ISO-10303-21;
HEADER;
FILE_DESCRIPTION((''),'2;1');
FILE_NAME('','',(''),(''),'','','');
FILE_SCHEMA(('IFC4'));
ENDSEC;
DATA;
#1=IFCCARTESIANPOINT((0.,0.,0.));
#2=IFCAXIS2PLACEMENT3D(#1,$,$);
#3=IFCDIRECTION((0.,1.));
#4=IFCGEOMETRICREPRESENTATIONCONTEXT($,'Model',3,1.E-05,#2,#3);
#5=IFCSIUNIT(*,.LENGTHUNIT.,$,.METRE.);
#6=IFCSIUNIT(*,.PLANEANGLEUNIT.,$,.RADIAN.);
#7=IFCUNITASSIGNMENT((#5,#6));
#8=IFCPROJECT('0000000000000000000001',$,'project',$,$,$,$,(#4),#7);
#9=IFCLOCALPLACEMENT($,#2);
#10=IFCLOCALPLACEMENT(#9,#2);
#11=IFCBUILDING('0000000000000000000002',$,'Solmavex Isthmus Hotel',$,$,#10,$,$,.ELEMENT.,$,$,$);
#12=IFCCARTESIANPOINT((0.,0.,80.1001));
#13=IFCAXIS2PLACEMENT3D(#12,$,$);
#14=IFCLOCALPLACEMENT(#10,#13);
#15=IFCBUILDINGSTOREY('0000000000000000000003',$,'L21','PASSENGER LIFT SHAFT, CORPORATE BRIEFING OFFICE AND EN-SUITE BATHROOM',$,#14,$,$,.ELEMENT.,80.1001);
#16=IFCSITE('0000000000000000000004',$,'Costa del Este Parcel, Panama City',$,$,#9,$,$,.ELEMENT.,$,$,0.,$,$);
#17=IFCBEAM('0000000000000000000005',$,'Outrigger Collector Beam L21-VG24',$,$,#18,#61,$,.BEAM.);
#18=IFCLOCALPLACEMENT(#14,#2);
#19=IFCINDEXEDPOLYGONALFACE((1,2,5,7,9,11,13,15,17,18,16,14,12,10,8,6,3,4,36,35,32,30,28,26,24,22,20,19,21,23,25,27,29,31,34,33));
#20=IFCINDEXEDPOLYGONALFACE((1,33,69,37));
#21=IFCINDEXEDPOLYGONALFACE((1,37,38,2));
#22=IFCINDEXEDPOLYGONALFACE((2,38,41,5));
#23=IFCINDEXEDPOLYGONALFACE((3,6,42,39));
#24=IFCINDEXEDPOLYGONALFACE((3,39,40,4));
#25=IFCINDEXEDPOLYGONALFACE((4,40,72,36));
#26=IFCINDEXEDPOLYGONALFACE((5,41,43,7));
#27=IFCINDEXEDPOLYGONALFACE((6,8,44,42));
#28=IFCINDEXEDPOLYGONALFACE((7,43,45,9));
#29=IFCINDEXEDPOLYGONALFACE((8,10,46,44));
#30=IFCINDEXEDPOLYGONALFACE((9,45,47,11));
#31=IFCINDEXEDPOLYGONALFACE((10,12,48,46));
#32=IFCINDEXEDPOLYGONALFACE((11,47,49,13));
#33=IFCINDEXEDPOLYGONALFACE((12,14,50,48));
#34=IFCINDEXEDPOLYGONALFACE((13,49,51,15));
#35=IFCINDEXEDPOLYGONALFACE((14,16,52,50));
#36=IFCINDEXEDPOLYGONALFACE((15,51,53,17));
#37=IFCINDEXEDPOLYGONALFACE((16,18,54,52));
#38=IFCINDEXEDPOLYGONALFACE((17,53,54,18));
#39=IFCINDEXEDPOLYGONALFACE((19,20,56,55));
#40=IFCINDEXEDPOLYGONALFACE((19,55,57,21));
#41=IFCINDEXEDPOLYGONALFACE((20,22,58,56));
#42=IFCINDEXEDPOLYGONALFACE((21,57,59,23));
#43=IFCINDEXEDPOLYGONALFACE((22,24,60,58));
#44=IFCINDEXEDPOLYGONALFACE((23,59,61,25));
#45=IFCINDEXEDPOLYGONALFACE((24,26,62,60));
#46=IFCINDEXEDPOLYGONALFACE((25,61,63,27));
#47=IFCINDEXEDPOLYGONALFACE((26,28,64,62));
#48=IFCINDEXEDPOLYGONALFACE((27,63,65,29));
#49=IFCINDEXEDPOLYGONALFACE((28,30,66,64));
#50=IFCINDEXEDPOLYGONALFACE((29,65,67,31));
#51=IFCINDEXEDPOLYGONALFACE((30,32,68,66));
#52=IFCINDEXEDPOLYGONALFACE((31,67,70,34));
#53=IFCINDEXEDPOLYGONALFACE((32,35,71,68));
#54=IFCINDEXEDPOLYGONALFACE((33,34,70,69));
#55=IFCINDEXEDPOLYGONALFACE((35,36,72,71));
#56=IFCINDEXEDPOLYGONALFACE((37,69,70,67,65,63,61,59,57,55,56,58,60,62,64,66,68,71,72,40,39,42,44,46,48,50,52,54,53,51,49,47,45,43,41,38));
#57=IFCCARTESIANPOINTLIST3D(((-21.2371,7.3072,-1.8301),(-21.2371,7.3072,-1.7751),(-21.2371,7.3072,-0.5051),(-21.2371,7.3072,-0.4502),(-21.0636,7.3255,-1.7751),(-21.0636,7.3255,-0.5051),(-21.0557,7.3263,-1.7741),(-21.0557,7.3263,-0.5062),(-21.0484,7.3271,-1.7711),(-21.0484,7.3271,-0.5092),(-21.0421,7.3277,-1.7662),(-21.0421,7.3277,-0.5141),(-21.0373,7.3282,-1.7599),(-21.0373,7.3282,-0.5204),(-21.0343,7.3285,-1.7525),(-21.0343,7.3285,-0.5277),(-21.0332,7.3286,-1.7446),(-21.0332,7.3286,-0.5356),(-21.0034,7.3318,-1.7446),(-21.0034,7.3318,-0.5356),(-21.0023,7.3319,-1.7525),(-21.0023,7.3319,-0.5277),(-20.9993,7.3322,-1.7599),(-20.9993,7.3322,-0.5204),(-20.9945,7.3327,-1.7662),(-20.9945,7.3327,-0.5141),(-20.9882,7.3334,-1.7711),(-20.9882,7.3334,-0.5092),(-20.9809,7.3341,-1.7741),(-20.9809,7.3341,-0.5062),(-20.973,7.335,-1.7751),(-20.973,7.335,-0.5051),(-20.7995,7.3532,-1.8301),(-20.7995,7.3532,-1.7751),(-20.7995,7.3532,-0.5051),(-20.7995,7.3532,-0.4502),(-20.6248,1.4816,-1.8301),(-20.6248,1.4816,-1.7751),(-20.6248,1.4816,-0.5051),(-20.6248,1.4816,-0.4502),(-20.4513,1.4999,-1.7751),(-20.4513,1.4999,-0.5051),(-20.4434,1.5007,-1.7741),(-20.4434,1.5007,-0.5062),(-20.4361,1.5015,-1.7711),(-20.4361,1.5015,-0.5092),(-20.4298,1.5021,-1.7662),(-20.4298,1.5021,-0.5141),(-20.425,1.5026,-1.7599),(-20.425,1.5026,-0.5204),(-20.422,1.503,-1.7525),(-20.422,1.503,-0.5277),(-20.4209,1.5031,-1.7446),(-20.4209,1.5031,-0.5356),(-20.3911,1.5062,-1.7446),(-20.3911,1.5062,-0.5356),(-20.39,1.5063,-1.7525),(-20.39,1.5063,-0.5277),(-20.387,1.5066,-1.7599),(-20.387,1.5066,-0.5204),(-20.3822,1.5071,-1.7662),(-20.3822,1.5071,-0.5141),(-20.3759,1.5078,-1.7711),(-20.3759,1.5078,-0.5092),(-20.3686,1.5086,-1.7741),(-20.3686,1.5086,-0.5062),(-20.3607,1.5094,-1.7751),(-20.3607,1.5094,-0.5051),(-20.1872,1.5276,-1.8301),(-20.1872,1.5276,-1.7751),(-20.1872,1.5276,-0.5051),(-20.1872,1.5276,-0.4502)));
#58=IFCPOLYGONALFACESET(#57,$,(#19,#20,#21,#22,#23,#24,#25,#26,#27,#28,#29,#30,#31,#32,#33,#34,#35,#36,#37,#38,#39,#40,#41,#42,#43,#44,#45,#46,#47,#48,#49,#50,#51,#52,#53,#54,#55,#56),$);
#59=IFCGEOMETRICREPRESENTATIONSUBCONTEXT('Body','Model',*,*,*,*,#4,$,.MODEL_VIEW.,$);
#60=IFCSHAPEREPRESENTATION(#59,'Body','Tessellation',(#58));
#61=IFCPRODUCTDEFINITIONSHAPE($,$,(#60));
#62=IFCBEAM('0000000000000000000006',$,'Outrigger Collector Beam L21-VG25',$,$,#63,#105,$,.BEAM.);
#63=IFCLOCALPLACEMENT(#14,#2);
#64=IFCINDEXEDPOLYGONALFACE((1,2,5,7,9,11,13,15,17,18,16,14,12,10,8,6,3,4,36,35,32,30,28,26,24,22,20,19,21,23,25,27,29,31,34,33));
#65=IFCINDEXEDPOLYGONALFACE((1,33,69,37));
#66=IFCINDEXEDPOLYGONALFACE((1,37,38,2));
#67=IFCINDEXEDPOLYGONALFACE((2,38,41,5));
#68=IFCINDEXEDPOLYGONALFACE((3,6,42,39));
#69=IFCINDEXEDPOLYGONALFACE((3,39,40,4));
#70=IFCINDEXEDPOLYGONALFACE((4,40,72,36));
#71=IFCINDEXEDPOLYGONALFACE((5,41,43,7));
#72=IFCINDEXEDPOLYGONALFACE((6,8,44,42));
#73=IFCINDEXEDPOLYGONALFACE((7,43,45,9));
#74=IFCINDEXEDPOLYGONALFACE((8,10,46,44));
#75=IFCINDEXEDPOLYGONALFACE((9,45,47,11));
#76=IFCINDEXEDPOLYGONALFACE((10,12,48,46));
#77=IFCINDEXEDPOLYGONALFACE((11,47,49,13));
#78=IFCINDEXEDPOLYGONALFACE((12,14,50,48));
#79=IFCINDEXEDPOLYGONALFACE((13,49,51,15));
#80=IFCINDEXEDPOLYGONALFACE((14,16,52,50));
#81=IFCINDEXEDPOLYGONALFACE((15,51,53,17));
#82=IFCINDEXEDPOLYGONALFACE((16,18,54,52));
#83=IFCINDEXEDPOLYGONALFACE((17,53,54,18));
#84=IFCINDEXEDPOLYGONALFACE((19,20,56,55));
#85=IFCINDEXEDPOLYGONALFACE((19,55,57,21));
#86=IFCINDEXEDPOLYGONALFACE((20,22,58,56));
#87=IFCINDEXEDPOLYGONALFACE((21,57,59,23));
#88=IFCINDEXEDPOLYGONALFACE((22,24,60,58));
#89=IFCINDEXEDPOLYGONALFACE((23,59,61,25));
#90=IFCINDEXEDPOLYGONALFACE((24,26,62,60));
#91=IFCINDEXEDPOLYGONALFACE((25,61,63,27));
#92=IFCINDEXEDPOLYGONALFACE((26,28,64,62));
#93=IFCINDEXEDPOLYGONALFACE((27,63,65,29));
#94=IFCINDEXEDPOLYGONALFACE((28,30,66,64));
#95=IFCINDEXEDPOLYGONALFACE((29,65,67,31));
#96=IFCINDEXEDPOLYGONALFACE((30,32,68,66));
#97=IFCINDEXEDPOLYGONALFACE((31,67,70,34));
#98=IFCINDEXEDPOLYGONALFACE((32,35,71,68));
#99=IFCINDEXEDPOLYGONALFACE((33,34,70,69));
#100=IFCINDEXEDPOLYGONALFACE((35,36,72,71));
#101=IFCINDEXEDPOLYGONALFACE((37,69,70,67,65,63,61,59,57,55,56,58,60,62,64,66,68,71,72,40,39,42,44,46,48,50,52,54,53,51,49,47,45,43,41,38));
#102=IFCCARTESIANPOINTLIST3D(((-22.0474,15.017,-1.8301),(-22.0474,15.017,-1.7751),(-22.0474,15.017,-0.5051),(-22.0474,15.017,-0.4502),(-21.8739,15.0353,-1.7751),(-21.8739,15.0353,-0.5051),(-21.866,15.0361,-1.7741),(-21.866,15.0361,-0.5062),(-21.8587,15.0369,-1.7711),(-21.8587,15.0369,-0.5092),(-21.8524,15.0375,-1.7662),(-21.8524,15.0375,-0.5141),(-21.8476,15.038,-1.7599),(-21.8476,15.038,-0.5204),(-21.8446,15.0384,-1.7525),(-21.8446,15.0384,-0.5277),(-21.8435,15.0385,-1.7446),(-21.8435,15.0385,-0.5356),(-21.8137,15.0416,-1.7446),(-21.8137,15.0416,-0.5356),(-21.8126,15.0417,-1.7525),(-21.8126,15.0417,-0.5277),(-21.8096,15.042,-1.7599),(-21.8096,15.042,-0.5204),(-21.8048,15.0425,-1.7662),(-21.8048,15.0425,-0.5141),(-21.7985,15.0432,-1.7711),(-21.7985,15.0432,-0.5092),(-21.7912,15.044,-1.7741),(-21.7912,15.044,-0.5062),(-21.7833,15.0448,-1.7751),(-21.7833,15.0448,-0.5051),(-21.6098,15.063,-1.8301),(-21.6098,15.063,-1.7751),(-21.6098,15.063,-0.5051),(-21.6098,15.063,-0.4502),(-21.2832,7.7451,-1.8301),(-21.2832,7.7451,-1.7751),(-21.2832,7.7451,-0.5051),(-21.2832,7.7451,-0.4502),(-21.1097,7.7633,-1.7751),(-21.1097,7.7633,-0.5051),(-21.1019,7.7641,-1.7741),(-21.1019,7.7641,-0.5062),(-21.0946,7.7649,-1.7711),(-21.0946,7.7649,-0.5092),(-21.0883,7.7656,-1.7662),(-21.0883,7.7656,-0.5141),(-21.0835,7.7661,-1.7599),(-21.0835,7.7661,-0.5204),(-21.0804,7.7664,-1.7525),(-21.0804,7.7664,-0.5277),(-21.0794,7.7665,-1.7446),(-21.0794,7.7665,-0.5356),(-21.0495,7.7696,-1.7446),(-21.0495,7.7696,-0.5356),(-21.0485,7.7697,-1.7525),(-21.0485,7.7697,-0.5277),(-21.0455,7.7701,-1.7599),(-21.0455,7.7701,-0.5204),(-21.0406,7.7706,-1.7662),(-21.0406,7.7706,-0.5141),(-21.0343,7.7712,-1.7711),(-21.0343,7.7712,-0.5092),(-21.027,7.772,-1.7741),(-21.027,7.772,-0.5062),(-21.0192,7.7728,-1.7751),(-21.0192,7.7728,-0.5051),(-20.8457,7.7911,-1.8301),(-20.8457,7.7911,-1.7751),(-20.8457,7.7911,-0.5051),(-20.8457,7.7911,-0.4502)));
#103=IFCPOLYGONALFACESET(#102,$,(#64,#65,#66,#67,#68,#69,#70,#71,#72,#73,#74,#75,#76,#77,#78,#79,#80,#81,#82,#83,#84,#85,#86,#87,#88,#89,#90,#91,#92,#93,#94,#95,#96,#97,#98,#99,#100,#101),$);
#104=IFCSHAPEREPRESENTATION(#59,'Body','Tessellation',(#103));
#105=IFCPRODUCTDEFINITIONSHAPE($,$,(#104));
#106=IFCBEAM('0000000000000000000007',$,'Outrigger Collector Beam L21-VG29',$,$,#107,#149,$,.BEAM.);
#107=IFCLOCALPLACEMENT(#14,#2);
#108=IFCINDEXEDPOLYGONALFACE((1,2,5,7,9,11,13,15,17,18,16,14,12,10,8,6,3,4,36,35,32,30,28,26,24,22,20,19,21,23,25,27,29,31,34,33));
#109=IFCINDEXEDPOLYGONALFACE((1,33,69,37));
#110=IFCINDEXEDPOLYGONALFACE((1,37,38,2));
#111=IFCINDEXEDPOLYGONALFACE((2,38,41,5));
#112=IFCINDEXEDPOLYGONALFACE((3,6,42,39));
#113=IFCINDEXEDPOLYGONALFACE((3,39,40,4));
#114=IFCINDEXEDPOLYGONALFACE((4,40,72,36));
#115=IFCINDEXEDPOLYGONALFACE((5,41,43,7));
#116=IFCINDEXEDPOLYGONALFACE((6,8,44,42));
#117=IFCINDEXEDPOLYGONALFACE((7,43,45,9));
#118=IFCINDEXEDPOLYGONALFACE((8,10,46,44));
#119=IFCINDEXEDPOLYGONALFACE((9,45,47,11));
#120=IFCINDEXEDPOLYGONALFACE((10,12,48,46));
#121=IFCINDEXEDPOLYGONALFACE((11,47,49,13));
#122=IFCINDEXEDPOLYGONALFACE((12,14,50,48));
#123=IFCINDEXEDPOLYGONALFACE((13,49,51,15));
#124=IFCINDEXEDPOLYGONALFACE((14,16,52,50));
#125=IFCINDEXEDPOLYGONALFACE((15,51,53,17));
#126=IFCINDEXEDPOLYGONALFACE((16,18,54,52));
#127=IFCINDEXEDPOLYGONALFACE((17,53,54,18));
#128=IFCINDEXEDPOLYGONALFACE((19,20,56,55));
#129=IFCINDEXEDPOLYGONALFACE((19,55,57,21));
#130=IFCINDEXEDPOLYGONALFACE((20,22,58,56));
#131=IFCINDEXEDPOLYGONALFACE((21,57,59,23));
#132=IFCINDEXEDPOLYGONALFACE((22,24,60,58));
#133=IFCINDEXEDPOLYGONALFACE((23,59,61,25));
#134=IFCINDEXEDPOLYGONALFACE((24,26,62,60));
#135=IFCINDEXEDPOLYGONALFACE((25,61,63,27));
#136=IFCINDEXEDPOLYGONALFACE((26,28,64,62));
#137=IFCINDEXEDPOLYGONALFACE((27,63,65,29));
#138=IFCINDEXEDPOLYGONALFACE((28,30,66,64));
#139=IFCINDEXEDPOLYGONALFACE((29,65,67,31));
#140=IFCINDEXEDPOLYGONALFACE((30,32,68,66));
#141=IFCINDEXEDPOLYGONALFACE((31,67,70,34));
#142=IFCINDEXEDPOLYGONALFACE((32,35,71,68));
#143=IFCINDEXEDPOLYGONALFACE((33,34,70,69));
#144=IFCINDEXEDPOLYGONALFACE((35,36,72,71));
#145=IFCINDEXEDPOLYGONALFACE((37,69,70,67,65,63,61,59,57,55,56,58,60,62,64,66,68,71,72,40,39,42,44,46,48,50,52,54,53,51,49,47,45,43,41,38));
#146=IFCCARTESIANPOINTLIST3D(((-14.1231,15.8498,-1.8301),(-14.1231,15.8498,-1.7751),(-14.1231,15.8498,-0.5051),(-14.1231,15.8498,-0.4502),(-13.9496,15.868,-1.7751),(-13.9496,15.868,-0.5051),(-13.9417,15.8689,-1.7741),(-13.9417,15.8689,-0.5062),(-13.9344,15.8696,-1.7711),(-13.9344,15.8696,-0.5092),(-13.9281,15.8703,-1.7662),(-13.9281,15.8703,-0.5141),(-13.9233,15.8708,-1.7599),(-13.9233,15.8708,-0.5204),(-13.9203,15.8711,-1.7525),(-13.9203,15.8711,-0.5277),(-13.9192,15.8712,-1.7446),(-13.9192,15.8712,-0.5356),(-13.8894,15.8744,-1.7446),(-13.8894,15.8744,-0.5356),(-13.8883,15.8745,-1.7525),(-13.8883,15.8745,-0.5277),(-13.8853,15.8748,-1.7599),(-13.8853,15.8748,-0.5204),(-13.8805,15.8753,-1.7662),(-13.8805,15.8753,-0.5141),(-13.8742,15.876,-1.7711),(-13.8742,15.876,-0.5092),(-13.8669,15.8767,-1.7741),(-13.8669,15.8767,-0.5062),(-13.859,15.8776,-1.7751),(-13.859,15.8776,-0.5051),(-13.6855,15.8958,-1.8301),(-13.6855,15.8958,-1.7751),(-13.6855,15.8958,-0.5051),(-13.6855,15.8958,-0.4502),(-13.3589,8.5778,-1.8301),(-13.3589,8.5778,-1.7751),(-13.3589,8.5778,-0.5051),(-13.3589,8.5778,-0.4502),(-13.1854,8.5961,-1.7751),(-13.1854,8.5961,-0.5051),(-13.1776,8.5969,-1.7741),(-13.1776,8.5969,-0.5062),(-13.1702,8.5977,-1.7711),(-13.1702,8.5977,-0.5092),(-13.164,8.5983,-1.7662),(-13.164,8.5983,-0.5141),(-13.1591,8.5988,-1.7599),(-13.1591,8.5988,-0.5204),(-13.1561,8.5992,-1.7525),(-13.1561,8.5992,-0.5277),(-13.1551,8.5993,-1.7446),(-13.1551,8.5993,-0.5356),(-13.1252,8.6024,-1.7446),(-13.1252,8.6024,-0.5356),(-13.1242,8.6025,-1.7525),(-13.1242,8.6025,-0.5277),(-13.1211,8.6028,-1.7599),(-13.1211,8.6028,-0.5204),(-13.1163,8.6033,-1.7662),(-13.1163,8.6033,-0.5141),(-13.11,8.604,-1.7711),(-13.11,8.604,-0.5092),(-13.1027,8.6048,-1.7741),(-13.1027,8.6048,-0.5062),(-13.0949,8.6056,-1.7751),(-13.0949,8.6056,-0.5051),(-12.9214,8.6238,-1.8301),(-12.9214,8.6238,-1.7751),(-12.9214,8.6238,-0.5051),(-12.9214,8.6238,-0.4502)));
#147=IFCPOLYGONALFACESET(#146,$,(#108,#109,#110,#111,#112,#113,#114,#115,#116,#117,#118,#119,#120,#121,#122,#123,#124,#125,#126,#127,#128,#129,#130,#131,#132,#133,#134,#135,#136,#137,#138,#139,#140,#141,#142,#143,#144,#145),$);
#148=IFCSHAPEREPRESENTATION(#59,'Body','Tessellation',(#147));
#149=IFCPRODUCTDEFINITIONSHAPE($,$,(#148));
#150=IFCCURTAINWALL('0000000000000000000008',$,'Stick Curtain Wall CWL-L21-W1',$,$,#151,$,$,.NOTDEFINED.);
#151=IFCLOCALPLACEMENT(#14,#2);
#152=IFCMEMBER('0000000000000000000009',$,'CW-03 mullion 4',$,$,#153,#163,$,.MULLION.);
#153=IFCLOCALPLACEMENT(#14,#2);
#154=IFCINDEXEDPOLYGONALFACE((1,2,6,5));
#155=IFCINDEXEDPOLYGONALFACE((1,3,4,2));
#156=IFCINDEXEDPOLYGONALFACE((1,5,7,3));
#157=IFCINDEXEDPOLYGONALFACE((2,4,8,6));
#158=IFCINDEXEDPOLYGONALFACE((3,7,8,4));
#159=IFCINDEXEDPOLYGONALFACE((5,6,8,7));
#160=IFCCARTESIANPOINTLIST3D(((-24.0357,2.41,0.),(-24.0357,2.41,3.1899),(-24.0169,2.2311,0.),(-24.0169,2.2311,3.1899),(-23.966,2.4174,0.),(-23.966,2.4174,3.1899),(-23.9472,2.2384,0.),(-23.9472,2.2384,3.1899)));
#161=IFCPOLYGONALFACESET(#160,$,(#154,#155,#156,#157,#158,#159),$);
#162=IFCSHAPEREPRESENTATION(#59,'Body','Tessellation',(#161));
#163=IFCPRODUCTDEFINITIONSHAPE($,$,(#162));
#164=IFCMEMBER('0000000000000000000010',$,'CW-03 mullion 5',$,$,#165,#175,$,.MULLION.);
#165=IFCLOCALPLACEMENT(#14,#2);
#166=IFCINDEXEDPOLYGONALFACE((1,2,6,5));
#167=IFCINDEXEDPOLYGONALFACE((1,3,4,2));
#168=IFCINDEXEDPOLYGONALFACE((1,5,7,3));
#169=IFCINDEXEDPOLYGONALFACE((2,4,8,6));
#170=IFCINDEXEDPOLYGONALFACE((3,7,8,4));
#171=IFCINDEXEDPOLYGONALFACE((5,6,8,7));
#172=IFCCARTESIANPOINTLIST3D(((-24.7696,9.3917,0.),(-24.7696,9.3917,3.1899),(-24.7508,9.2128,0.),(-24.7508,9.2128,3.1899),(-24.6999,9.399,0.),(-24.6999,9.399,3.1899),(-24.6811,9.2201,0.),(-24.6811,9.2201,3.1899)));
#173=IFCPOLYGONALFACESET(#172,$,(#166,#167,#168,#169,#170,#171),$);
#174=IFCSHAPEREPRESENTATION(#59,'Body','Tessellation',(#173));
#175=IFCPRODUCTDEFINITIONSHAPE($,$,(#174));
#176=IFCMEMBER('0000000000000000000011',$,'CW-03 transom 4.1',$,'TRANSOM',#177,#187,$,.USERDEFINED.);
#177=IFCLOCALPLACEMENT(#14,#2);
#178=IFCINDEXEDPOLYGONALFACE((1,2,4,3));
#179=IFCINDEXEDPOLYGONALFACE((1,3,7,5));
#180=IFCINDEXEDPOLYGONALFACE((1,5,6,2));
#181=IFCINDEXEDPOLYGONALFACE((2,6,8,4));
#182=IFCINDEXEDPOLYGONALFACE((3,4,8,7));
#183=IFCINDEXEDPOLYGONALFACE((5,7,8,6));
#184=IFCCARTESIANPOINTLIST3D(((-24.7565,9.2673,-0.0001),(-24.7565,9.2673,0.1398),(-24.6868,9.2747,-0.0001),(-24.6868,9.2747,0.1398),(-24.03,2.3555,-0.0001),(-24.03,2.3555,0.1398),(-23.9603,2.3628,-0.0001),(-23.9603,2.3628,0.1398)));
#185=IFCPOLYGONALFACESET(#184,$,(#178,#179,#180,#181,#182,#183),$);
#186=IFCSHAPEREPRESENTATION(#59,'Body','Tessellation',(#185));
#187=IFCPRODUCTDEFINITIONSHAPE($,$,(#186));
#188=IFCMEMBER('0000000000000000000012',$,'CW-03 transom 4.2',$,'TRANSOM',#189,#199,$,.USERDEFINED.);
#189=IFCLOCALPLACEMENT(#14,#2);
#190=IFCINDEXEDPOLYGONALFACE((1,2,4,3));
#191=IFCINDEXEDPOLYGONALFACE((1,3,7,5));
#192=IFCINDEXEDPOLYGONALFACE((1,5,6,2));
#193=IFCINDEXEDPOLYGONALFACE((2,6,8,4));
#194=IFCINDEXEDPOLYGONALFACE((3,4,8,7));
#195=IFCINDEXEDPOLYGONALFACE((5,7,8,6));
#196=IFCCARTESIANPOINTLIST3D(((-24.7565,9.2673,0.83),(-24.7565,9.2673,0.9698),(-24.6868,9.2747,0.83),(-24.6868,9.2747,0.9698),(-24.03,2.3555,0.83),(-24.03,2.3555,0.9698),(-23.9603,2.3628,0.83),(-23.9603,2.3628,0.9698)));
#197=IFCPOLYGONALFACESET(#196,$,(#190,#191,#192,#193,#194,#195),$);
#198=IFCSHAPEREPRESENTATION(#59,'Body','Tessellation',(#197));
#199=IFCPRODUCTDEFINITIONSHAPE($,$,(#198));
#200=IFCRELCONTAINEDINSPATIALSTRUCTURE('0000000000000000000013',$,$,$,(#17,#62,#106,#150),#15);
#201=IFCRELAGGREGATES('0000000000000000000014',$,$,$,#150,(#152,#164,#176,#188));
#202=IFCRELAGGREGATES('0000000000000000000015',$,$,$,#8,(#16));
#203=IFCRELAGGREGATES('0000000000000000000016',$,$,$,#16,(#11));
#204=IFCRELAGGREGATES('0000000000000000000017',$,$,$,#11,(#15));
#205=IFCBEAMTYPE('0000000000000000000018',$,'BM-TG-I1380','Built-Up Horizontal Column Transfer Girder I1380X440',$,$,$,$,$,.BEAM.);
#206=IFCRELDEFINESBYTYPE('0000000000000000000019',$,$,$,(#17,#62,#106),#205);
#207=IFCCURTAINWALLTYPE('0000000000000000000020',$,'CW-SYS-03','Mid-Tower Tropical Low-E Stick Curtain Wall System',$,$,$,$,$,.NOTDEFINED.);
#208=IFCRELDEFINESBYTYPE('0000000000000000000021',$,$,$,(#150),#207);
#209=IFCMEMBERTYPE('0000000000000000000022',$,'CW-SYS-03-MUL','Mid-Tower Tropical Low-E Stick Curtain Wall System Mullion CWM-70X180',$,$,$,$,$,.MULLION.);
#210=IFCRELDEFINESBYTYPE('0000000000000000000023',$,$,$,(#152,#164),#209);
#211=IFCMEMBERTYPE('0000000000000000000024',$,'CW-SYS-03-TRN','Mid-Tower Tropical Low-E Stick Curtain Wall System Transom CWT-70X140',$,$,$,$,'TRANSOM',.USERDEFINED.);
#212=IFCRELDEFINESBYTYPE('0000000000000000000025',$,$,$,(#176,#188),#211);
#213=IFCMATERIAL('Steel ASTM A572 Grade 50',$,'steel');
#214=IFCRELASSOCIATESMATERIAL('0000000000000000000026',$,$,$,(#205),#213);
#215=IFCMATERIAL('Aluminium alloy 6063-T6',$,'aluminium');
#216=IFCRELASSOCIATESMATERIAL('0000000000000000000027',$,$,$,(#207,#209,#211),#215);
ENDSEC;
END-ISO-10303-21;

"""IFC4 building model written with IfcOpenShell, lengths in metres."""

from ifc_helpers import new_model, si_unit, direction, frame, origin, origin_2d, place, context, subcontext, project, spatial, rectangle, i_section, extrude, material, material_profile, profile_set, type_object, element, aggregate, save


model = new_model("IFC4")

# Units and contexts
model_context = context("Model", 3, precision=1e-05, world=origin(), true_north=direction((0.0, 1.0)))
body_context = subcontext(model_context, "Body", "Model", "MODEL_VIEW")
ifc_project = project(units=[si_unit("LENGTHUNIT", "METRE"), si_unit("PLANEANGLEUNIT", "RADIAN")], contexts=[model_context])

# Site, building, storey
site_placement = place(None, origin())
site = spatial("IfcSite", under=ifc_project, at=site_placement, Name="Costa del Este Parcel, Panama City", CompositionType="ELEMENT", RefElevation=0.0)
building_placement = place(site_placement, origin())
building = spatial("IfcBuilding", under=site, at=building_placement, Name="Solmavex Isthmus Hotel", CompositionType="ELEMENT")
storey_placement = place(building_placement, frame((0.0, 0.0, 80.1001)))
storey = spatial("IfcBuildingStorey", under=building, at=storey_placement, Name="L21", Description="PASSENGER LIFT SHAFT, CORPORATE BRIEFING OFFICE AND EN-SUITE BATHROOM", CompositionType="ELEMENT", Elevation=80.1001)

# Beams
ifc_material_1 = material(Name="Steel ASTM A572 Grade 50", Category="steel")
ifc_material_profile_1 = material_profile(ifc_material_1, i_section(OverallWidth=0.4399, OverallDepth=1.3799, WebThickness=0.03, FlangeThickness=0.0549, FilletRadius=0.0305, at=origin_2d()), Name="I1380X440")
ifc_profile_set_1 = profile_set([ifc_material_profile_1], Name="Steel ASTM A572 Grade 50")
beam_type_1 = type_object("IfcBeamType", Name="BM-TG-I1380", Description="Built-Up Horizontal Column Transfer Girder I1380X440", PredefinedType="BEAM", material=ifc_profile_set_1)
beam_1_placement = place(storey_placement, frame((-20.406, 1.5046, -1.1401), z_axis=(-0.104529, 0.994522, 0.0), x_axis=(-0.994522, -0.104529, 0.0)))
element("IfcBeam", 1, at=beam_1_placement, inside=storey, type_object=beam_type_1, Name="Outrigger Collector Beam L21-VG24", PredefinedType="BEAM", context=body_context, shape_type="SweptSolid", body=[
    extrude(i_section(OverallWidth=0.4399, OverallDepth=1.3799, WebThickness=0.03, FlangeThickness=0.0549, FilletRadius=0.0305, at=origin_2d()), origin(), (0.0, 0.0, 1.0), 5.8577),
])
for number, where, z_axis, x_axis, name in (
    (2, (-21.0645, 7.7681, -1.1401), (-0.104508, 0.994524, 0.0), (-0.994524, -0.104508, 0.0), "Outrigger Collector Beam L21-VG25"),
    (3, (-13.1401, 8.6008, -1.1401), (-0.104508, 0.994524, 0.0), (-0.994524, -0.104508, 0.0), "Outrigger Collector Beam L21-VG29"),
):
    element("IfcBeam", number, at=place(storey_placement, frame(where, z_axis=z_axis, x_axis=x_axis)), inside=storey, type_object=beam_type_1, Name=name, PredefinedType="BEAM", context=body_context, shape_type="SweptSolid", body=[
        extrude(i_section(OverallWidth=0.4399, OverallDepth=1.3799, WebThickness=0.03, FlangeThickness=0.0549, FilletRadius=0.0305, at=origin_2d()), origin(), (0.0, 0.0, 1.0), 7.312),
    ])

# Curtain wall, members
ifc_material_2 = material(Name="Aluminium alloy 6063-T6", Category="aluminium")
curtain_wall_type = type_object("IfcCurtainWallType", Name="CW-SYS-03", Description="Mid-Tower Tropical Low-E Stick Curtain Wall System", PredefinedType="NOTDEFINED", material=ifc_material_2)
curtain_wall_placement = place(storey_placement, origin())
curtain_wall = element("IfcCurtainWall", 4, at=curtain_wall_placement, inside=storey, type_object=curtain_wall_type, Name="Stick Curtain Wall CWL-L21-W1", PredefinedType="NOTDEFINED")
ifc_material_profile_2 = material_profile(ifc_material_2, rectangle(XDim=0.0701, YDim=0.1799, at=origin_2d()), Name="CWM-70X180")
ifc_profile_set_2 = profile_set([ifc_material_profile_2], Name="Aluminium alloy 6063-T6")
member_type_1 = type_object("IfcMemberType", Name="CW-SYS-03-MUL", Description="Mid-Tower Tropical Low-E Stick Curtain Wall System Mullion CWM-70X180", PredefinedType="MULLION", material=ifc_profile_set_2)
member_1_placement = place(storey_placement, frame((-23.9915, 2.3242, 0.0), z_axis=(0.0, 0.0, 1.0), x_axis=(-0.994522, -0.104528, 0.0)))
member_1 = element("IfcMember", 5, at=member_1_placement, type_object=member_type_1, Name="CW-03 mullion 4", PredefinedType="MULLION", context=body_context, shape_type="SweptSolid", body=[
    extrude(rectangle(XDim=0.0701, YDim=0.1799, at=origin_2d()), origin(), (0.0, 0.0, 1.0), 3.1899),
])
member_2_placement = place(storey_placement, frame((-24.7253, 9.3059, 0.0), z_axis=(0.0, 0.0, 1.0), x_axis=(-0.994522, -0.104528, 0.0)))
member_2 = element("IfcMember", 6, at=member_2_placement, type_object=member_type_1, Name="CW-03 mullion 5", PredefinedType="MULLION", context=body_context, shape_type="SweptSolid", body=[
    extrude(rectangle(XDim=0.0701, YDim=0.1799, at=origin_2d()), origin(), (0.0, 0.0, 1.0), 3.1899),
])
ifc_material_profile_3 = material_profile(ifc_material_2, rectangle(XDim=0.0701, YDim=0.1399, at=origin_2d()), Name="CWT-70X140")
ifc_profile_set_3 = profile_set([ifc_material_profile_3], Name="Aluminium alloy 6063-T6")
member_type_2 = type_object("IfcMemberType", Name="CW-SYS-03-TRN", Description="Mid-Tower Tropical Low-E Stick Curtain Wall System Transom CWT-70X140", ElementType="TRANSOM", PredefinedType="USERDEFINED", material=ifc_profile_set_3)
member_3_placement = place(storey_placement, frame((-23.9951, 2.3591, 0.0698), z_axis=(-0.104542, 0.99452, 0.0), x_axis=(-0.99452, -0.104542, 0.0)))
member_3 = element("IfcMember", 7, at=member_3_placement, type_object=member_type_2, Name="CW-03 transom 4.1", ObjectType="TRANSOM", PredefinedType="USERDEFINED", context=body_context, shape_type="SweptSolid", body=[
    extrude(rectangle(XDim=0.0701, YDim=0.1399, at=origin_2d()), origin(), (0.0, 0.0, 1.0), 6.95),
])
member_4_placement = place(storey_placement, frame((-23.9951, 2.3591, 0.8999), z_axis=(-0.104542, 0.99452, 0.0), x_axis=(-0.99452, -0.104542, 0.0)))
member_4 = element("IfcMember", 8, at=member_4_placement, type_object=member_type_2, Name="CW-03 transom 4.2", ObjectType="TRANSOM", PredefinedType="USERDEFINED", context=body_context, shape_type="SweptSolid", body=[
    extrude(rectangle(XDim=0.0701, YDim=0.1399, at=origin_2d()), origin(), (0.0, 0.0, 1.0), 6.95),
])
aggregate(curtain_wall, [member_1, member_2, member_3, member_4])

save(model, "model.ifc")
